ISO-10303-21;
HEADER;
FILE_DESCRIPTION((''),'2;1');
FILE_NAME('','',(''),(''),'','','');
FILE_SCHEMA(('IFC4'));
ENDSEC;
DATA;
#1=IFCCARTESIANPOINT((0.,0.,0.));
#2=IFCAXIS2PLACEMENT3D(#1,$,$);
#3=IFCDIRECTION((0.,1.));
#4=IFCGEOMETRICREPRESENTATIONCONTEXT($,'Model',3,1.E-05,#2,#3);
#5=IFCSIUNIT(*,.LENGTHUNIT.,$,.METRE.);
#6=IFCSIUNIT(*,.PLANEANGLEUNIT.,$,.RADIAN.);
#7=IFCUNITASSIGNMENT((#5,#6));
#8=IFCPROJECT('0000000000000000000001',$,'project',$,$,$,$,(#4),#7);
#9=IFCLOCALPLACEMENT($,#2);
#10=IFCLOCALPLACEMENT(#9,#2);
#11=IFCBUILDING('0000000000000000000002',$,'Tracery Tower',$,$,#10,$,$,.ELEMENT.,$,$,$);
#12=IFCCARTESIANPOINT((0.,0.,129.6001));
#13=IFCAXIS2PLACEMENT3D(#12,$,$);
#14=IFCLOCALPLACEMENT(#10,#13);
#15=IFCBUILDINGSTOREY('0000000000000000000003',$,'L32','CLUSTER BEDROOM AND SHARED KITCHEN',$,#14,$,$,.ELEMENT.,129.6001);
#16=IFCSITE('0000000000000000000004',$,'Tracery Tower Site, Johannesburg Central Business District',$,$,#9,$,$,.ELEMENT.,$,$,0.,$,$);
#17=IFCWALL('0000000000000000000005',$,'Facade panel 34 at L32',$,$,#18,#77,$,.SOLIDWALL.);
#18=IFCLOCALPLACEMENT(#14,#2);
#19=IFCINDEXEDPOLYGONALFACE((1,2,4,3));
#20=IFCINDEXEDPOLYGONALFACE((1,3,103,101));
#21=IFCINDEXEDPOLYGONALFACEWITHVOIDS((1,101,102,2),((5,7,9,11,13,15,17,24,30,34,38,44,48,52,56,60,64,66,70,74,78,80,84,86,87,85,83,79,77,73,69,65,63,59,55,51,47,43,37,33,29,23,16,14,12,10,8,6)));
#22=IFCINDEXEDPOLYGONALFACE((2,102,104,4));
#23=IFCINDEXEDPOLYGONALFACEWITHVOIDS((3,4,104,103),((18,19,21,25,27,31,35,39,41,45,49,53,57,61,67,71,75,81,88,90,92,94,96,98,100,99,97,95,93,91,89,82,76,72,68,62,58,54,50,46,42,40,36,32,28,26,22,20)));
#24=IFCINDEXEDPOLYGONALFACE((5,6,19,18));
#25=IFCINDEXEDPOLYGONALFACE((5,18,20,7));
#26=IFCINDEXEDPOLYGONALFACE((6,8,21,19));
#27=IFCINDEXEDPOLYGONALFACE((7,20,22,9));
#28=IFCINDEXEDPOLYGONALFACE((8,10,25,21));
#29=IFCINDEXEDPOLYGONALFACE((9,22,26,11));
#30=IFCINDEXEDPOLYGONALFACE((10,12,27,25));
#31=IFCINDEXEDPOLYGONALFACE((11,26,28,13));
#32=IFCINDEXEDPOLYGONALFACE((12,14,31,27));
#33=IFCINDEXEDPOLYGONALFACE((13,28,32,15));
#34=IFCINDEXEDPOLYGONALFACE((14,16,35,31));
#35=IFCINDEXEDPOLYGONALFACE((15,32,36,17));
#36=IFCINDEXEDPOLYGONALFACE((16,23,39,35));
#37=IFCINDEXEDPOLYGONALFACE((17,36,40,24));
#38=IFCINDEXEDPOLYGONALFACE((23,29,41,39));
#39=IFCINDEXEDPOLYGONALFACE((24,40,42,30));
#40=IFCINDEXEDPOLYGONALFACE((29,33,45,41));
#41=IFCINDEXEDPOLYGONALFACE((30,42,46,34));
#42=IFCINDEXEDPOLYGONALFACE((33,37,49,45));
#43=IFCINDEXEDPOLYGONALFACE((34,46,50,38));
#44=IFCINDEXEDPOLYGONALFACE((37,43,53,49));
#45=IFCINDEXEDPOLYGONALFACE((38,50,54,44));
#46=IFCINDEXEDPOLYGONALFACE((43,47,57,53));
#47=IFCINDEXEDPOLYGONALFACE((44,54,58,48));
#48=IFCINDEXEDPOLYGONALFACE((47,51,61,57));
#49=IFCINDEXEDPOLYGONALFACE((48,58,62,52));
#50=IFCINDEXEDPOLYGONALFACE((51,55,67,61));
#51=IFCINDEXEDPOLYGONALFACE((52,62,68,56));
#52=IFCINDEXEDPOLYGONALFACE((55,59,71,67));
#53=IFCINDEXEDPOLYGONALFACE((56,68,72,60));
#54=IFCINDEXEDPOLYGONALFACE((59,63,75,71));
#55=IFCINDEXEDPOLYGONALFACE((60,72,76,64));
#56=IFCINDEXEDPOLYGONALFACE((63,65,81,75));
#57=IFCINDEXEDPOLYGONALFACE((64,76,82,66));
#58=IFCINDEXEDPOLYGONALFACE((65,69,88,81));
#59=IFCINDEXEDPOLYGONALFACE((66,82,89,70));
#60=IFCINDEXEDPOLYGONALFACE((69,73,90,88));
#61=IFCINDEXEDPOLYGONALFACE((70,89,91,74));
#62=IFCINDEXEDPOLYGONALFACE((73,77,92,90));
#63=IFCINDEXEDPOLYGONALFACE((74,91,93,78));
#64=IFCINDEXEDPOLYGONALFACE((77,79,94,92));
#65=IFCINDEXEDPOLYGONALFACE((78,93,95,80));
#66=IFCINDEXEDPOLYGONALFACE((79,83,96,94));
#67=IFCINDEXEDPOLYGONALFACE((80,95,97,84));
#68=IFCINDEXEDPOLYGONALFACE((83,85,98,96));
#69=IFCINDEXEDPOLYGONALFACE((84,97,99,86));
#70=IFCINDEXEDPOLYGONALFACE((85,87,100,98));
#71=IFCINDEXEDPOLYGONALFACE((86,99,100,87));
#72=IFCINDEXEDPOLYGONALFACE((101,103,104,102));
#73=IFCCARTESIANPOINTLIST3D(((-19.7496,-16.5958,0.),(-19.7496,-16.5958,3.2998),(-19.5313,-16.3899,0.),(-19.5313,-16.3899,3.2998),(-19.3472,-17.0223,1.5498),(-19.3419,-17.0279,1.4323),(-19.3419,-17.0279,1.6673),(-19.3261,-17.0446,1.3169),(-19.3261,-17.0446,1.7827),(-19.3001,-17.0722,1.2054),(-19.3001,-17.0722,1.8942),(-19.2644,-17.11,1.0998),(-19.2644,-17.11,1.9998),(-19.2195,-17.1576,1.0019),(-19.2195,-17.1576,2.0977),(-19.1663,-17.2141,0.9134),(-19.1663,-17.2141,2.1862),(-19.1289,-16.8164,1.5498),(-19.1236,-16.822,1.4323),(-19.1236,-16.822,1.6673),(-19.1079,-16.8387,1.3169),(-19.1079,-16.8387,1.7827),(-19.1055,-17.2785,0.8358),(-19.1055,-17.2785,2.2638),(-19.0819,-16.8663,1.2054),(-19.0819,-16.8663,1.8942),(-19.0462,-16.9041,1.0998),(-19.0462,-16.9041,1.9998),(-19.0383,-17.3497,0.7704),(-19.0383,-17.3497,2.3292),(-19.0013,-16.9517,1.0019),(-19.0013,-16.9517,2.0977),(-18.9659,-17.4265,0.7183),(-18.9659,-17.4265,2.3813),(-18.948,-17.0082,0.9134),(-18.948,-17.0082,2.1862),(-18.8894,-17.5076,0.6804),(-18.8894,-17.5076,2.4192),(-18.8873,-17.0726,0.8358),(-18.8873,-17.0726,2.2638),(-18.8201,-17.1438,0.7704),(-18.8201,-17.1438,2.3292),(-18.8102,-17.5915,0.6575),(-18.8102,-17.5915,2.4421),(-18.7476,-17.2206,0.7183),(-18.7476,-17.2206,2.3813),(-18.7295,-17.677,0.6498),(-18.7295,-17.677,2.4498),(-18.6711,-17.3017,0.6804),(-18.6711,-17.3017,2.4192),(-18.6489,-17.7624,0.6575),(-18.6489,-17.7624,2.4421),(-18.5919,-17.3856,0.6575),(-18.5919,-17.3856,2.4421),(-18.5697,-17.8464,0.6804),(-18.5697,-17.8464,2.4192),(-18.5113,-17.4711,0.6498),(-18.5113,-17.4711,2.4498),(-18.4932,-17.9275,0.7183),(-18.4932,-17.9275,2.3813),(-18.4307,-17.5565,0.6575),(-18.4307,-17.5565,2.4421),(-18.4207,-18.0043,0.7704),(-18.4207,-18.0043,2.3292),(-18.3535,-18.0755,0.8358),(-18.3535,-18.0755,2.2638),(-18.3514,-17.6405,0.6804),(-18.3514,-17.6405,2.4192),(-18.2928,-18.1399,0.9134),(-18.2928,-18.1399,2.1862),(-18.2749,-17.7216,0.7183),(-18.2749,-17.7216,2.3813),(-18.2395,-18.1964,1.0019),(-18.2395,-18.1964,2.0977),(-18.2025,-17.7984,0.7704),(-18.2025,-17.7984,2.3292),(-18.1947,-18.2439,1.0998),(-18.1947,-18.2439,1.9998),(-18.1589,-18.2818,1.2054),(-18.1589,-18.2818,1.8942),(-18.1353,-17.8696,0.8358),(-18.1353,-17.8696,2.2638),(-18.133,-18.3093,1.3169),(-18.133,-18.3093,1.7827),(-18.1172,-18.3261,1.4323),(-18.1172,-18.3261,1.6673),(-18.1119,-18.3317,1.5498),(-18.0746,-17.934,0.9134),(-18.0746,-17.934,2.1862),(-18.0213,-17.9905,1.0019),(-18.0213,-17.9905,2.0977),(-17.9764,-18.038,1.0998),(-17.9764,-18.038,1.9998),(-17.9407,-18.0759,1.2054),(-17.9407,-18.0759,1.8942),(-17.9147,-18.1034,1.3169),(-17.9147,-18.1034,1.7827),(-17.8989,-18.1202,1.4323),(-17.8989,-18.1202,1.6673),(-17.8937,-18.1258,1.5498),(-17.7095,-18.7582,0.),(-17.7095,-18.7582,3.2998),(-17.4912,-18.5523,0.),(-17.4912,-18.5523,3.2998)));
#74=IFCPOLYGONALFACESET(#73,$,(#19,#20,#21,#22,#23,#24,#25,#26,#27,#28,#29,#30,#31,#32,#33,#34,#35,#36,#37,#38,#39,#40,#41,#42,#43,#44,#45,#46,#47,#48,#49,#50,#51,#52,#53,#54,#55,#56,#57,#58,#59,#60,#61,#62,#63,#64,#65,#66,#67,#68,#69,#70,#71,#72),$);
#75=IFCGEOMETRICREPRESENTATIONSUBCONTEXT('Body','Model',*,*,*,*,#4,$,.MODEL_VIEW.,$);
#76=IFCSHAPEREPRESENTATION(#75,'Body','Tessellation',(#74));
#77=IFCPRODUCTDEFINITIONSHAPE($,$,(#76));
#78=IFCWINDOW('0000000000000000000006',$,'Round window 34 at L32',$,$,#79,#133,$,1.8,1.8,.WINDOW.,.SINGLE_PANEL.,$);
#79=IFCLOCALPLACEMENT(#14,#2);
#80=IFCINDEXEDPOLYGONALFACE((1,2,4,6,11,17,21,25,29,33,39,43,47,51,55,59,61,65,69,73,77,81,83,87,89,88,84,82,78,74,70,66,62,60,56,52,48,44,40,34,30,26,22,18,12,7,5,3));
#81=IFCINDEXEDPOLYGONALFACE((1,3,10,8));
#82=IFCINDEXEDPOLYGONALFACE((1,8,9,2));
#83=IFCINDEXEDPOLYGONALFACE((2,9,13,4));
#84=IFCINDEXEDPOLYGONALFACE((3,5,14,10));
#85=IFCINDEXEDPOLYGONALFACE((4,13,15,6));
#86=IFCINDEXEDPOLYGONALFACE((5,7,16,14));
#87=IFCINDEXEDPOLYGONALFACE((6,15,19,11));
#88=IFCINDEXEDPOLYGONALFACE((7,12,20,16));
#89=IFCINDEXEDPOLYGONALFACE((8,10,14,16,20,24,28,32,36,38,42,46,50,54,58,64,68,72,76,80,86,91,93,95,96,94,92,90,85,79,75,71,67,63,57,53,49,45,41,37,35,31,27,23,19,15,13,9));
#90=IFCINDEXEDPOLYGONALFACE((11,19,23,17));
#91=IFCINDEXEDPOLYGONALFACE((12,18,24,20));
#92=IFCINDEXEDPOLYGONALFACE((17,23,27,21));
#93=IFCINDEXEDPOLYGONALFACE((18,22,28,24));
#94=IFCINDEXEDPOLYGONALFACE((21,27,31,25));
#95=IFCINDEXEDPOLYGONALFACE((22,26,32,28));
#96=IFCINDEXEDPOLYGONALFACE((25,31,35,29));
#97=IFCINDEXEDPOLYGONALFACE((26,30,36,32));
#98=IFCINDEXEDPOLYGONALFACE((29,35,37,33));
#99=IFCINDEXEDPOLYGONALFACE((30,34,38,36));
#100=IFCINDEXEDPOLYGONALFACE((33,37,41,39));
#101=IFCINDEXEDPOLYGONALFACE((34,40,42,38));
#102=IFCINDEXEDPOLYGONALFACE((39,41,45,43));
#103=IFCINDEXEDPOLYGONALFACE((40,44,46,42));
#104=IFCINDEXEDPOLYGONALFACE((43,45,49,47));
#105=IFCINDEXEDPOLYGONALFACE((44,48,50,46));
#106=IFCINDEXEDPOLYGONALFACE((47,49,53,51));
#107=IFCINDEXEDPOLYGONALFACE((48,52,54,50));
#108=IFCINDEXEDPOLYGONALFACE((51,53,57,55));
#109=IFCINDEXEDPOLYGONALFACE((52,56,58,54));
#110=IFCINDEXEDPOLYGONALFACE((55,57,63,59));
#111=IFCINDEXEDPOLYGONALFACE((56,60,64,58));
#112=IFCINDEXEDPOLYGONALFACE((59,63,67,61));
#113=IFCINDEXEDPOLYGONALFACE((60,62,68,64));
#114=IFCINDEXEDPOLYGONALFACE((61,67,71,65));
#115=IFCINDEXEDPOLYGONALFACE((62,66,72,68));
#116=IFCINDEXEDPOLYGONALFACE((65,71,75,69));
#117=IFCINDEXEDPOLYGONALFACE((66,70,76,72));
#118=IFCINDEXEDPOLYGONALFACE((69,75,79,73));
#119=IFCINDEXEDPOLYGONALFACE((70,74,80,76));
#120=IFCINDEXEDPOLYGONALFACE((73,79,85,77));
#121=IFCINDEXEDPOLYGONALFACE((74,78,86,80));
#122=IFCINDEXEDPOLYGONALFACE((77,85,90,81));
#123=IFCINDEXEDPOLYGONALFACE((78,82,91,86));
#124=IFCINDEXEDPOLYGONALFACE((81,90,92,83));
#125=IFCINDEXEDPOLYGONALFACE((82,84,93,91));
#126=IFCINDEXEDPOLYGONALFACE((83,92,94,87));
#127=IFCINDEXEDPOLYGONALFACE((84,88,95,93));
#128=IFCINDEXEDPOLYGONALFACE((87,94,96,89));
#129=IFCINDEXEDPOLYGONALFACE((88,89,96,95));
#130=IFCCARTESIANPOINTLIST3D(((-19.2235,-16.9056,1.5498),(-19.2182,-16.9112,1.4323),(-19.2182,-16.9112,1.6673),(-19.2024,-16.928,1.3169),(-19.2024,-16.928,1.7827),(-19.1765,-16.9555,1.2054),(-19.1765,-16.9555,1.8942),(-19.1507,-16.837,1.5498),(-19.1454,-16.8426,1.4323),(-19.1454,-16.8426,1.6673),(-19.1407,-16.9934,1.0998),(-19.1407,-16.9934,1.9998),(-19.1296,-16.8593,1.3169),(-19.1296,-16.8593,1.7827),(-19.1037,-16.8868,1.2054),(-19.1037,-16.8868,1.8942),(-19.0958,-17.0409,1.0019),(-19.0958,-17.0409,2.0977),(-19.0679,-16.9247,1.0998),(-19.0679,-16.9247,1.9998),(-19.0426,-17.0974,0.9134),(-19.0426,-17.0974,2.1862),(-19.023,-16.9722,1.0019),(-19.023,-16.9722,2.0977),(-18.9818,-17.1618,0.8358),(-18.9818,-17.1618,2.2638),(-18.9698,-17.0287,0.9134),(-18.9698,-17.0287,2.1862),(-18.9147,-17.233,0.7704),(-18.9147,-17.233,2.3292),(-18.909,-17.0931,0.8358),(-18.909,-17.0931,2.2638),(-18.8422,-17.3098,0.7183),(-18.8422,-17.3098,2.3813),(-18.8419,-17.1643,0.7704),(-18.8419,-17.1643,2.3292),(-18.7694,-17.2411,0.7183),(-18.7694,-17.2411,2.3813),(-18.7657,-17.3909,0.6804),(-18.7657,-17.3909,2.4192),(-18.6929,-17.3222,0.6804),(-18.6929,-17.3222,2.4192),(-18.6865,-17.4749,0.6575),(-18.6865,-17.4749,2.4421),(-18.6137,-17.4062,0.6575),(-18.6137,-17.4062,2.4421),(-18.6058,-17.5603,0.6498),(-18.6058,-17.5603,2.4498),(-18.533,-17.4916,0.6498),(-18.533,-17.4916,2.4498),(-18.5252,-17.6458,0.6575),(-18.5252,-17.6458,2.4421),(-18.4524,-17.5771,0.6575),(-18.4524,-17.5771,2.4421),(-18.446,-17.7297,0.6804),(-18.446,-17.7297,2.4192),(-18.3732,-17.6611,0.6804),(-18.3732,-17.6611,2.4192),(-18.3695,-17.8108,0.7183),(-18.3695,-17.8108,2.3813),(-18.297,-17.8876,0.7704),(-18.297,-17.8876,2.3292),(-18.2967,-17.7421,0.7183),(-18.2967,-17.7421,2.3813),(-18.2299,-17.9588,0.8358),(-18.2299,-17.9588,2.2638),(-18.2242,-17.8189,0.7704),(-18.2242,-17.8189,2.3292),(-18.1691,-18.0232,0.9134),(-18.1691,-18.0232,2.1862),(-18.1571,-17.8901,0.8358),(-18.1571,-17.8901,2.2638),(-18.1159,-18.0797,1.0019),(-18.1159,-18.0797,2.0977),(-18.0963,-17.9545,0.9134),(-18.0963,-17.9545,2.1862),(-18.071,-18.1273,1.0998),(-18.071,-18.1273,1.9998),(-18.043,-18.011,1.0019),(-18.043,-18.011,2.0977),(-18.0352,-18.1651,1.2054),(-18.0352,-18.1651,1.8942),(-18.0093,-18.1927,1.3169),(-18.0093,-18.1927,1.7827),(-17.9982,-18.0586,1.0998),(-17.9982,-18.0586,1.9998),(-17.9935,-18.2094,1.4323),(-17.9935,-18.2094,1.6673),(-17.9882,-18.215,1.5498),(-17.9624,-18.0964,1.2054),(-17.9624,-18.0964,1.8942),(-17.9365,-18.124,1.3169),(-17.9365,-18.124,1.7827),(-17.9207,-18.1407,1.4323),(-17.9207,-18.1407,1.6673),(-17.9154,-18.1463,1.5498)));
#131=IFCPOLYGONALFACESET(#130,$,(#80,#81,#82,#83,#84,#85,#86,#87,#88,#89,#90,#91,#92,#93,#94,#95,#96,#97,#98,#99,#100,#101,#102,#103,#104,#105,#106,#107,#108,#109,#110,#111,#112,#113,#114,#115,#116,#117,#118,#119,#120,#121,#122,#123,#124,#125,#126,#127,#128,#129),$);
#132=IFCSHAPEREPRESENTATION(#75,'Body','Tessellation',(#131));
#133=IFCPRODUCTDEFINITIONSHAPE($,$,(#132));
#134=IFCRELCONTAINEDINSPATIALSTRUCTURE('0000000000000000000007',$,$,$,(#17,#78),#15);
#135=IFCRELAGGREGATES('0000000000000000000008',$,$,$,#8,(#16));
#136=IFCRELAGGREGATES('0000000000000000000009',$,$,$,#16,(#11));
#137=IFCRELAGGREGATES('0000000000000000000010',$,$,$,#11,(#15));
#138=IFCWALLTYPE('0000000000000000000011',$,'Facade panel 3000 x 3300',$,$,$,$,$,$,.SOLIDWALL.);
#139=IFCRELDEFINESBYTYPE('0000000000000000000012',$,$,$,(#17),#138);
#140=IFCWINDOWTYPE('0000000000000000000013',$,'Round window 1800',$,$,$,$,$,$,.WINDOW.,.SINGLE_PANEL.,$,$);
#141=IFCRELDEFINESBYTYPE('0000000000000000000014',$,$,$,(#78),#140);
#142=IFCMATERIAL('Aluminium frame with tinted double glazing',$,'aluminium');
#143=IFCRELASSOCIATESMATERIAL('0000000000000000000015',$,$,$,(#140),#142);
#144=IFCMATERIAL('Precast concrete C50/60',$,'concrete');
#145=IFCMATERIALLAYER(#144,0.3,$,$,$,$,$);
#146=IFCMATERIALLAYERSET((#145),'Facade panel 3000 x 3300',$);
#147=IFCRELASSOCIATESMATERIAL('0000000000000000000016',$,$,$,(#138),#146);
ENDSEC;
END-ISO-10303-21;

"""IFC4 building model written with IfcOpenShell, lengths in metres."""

from ifc_helpers import new_model, si_unit, direction, frame, frame_2d, origin, origin_2d, place, context, subcontext, project, spatial, rectangle, circle, extrude, material, layer, layer_set, type_object, element, fill, save


model = new_model("IFC4")

# Units and contexts
model_context = context("Model", 3, precision=1e-05, world=origin(), true_north=direction((0.0, 1.0)))
body_context = subcontext(model_context, "Body", "Model", "MODEL_VIEW")
ifc_project = project(units=[si_unit("LENGTHUNIT", "METRE"), si_unit("PLANEANGLEUNIT", "RADIAN")], contexts=[model_context])

# Site, building, storey
site_placement = place(None, origin())
site = spatial("IfcSite", under=ifc_project, at=site_placement, Name="Tracery Tower Site, Johannesburg Central Business District", CompositionType="ELEMENT", RefElevation=0.0)
building_placement = place(site_placement, origin())
building = spatial("IfcBuilding", under=site, at=building_placement, Name="Tracery Tower", CompositionType="ELEMENT")
storey_placement = place(building_placement, frame((0.0, 0.0, 129.6001)))
storey = spatial("IfcBuildingStorey", under=building, at=storey_placement, Name="L32", Description="CLUSTER BEDROOM AND SHARED KITCHEN", CompositionType="ELEMENT", Elevation=129.6001)

# Wall, opening, window
ifc_material_1 = material(Name="Aluminium frame with tinted double glazing", Category="aluminium")
window_type = type_object("IfcWindowType", Name="Round window 1800", PartitioningType="SINGLE_PANEL", PredefinedType="WINDOW", material=ifc_material_1)
ifc_material_2 = material(Name="Precast concrete C50/60", Category="concrete")
ifc_layer_1 = layer(ifc_material_2, 0.3)
ifc_layer_set_1 = layer_set([ifc_layer_1], Name="Facade panel 3000 x 3300")
wall_type_1 = type_object("IfcWallType", Name="Facade panel 3000 x 3300", PredefinedType="SOLIDWALL", material=ifc_layer_set_1)
wall_1_placement = place(storey_placement, frame((-19.6404, -16.4929, 0.0), z_axis=(0.0, 0.0, 1.0), x_axis=(0.686235, -0.72738, 0.0)))
wall_1 = element("IfcWall", 1, at=wall_1_placement, inside=storey, type_object=wall_type_1, Name="Facade panel 34 at L32", PredefinedType="SOLIDWALL", context=body_context, shape_type="SweptSolid", body=[
    extrude(rectangle(XDim=2.9729, YDim=0.3, at=frame_2d((1.4863, 0.0))), origin(), (0.0, 0.0, 1.0), 3.2998),
])
opening_1_placement = place(wall_1_placement, frame((1.4863, 0.0, 1.5498)))
opening_1 = element("IfcOpeningElement", 2, at=opening_1_placement, cuts=wall_1, PredefinedType="OPENING", context=body_context, shape_type="SweptSolid", body=[
    extrude(circle(Radius=0.9, at=origin_2d()), frame((0.0, 0.1599, 0.0), z_axis=(0.0, -1.0, 0.0), x_axis=(1.0, 0.0, 0.0)), (0.0, 0.0, 1.0), 0.3201),
])
window_1_placement = place(opening_1_placement, origin())
window_1 = element("IfcWindow", 3, at=window_1_placement, inside=storey, type_object=window_type, Name="Round window 34 at L32", OverallHeight=1.8, OverallWidth=1.8, PartitioningType="SINGLE_PANEL", PredefinedType="WINDOW", context=body_context, shape_type="SweptSolid", body=[
    extrude(circle(Radius=0.9, at=origin_2d()), frame((0.0, 0.1201, 0.0), z_axis=(0.0, -1.0, 0.0), x_axis=(1.0, 0.0, 0.0)), (0.0, 0.0, 1.0), 0.1001),
])
fill(opening_1, window_1)

save(model, "model.ifc")
